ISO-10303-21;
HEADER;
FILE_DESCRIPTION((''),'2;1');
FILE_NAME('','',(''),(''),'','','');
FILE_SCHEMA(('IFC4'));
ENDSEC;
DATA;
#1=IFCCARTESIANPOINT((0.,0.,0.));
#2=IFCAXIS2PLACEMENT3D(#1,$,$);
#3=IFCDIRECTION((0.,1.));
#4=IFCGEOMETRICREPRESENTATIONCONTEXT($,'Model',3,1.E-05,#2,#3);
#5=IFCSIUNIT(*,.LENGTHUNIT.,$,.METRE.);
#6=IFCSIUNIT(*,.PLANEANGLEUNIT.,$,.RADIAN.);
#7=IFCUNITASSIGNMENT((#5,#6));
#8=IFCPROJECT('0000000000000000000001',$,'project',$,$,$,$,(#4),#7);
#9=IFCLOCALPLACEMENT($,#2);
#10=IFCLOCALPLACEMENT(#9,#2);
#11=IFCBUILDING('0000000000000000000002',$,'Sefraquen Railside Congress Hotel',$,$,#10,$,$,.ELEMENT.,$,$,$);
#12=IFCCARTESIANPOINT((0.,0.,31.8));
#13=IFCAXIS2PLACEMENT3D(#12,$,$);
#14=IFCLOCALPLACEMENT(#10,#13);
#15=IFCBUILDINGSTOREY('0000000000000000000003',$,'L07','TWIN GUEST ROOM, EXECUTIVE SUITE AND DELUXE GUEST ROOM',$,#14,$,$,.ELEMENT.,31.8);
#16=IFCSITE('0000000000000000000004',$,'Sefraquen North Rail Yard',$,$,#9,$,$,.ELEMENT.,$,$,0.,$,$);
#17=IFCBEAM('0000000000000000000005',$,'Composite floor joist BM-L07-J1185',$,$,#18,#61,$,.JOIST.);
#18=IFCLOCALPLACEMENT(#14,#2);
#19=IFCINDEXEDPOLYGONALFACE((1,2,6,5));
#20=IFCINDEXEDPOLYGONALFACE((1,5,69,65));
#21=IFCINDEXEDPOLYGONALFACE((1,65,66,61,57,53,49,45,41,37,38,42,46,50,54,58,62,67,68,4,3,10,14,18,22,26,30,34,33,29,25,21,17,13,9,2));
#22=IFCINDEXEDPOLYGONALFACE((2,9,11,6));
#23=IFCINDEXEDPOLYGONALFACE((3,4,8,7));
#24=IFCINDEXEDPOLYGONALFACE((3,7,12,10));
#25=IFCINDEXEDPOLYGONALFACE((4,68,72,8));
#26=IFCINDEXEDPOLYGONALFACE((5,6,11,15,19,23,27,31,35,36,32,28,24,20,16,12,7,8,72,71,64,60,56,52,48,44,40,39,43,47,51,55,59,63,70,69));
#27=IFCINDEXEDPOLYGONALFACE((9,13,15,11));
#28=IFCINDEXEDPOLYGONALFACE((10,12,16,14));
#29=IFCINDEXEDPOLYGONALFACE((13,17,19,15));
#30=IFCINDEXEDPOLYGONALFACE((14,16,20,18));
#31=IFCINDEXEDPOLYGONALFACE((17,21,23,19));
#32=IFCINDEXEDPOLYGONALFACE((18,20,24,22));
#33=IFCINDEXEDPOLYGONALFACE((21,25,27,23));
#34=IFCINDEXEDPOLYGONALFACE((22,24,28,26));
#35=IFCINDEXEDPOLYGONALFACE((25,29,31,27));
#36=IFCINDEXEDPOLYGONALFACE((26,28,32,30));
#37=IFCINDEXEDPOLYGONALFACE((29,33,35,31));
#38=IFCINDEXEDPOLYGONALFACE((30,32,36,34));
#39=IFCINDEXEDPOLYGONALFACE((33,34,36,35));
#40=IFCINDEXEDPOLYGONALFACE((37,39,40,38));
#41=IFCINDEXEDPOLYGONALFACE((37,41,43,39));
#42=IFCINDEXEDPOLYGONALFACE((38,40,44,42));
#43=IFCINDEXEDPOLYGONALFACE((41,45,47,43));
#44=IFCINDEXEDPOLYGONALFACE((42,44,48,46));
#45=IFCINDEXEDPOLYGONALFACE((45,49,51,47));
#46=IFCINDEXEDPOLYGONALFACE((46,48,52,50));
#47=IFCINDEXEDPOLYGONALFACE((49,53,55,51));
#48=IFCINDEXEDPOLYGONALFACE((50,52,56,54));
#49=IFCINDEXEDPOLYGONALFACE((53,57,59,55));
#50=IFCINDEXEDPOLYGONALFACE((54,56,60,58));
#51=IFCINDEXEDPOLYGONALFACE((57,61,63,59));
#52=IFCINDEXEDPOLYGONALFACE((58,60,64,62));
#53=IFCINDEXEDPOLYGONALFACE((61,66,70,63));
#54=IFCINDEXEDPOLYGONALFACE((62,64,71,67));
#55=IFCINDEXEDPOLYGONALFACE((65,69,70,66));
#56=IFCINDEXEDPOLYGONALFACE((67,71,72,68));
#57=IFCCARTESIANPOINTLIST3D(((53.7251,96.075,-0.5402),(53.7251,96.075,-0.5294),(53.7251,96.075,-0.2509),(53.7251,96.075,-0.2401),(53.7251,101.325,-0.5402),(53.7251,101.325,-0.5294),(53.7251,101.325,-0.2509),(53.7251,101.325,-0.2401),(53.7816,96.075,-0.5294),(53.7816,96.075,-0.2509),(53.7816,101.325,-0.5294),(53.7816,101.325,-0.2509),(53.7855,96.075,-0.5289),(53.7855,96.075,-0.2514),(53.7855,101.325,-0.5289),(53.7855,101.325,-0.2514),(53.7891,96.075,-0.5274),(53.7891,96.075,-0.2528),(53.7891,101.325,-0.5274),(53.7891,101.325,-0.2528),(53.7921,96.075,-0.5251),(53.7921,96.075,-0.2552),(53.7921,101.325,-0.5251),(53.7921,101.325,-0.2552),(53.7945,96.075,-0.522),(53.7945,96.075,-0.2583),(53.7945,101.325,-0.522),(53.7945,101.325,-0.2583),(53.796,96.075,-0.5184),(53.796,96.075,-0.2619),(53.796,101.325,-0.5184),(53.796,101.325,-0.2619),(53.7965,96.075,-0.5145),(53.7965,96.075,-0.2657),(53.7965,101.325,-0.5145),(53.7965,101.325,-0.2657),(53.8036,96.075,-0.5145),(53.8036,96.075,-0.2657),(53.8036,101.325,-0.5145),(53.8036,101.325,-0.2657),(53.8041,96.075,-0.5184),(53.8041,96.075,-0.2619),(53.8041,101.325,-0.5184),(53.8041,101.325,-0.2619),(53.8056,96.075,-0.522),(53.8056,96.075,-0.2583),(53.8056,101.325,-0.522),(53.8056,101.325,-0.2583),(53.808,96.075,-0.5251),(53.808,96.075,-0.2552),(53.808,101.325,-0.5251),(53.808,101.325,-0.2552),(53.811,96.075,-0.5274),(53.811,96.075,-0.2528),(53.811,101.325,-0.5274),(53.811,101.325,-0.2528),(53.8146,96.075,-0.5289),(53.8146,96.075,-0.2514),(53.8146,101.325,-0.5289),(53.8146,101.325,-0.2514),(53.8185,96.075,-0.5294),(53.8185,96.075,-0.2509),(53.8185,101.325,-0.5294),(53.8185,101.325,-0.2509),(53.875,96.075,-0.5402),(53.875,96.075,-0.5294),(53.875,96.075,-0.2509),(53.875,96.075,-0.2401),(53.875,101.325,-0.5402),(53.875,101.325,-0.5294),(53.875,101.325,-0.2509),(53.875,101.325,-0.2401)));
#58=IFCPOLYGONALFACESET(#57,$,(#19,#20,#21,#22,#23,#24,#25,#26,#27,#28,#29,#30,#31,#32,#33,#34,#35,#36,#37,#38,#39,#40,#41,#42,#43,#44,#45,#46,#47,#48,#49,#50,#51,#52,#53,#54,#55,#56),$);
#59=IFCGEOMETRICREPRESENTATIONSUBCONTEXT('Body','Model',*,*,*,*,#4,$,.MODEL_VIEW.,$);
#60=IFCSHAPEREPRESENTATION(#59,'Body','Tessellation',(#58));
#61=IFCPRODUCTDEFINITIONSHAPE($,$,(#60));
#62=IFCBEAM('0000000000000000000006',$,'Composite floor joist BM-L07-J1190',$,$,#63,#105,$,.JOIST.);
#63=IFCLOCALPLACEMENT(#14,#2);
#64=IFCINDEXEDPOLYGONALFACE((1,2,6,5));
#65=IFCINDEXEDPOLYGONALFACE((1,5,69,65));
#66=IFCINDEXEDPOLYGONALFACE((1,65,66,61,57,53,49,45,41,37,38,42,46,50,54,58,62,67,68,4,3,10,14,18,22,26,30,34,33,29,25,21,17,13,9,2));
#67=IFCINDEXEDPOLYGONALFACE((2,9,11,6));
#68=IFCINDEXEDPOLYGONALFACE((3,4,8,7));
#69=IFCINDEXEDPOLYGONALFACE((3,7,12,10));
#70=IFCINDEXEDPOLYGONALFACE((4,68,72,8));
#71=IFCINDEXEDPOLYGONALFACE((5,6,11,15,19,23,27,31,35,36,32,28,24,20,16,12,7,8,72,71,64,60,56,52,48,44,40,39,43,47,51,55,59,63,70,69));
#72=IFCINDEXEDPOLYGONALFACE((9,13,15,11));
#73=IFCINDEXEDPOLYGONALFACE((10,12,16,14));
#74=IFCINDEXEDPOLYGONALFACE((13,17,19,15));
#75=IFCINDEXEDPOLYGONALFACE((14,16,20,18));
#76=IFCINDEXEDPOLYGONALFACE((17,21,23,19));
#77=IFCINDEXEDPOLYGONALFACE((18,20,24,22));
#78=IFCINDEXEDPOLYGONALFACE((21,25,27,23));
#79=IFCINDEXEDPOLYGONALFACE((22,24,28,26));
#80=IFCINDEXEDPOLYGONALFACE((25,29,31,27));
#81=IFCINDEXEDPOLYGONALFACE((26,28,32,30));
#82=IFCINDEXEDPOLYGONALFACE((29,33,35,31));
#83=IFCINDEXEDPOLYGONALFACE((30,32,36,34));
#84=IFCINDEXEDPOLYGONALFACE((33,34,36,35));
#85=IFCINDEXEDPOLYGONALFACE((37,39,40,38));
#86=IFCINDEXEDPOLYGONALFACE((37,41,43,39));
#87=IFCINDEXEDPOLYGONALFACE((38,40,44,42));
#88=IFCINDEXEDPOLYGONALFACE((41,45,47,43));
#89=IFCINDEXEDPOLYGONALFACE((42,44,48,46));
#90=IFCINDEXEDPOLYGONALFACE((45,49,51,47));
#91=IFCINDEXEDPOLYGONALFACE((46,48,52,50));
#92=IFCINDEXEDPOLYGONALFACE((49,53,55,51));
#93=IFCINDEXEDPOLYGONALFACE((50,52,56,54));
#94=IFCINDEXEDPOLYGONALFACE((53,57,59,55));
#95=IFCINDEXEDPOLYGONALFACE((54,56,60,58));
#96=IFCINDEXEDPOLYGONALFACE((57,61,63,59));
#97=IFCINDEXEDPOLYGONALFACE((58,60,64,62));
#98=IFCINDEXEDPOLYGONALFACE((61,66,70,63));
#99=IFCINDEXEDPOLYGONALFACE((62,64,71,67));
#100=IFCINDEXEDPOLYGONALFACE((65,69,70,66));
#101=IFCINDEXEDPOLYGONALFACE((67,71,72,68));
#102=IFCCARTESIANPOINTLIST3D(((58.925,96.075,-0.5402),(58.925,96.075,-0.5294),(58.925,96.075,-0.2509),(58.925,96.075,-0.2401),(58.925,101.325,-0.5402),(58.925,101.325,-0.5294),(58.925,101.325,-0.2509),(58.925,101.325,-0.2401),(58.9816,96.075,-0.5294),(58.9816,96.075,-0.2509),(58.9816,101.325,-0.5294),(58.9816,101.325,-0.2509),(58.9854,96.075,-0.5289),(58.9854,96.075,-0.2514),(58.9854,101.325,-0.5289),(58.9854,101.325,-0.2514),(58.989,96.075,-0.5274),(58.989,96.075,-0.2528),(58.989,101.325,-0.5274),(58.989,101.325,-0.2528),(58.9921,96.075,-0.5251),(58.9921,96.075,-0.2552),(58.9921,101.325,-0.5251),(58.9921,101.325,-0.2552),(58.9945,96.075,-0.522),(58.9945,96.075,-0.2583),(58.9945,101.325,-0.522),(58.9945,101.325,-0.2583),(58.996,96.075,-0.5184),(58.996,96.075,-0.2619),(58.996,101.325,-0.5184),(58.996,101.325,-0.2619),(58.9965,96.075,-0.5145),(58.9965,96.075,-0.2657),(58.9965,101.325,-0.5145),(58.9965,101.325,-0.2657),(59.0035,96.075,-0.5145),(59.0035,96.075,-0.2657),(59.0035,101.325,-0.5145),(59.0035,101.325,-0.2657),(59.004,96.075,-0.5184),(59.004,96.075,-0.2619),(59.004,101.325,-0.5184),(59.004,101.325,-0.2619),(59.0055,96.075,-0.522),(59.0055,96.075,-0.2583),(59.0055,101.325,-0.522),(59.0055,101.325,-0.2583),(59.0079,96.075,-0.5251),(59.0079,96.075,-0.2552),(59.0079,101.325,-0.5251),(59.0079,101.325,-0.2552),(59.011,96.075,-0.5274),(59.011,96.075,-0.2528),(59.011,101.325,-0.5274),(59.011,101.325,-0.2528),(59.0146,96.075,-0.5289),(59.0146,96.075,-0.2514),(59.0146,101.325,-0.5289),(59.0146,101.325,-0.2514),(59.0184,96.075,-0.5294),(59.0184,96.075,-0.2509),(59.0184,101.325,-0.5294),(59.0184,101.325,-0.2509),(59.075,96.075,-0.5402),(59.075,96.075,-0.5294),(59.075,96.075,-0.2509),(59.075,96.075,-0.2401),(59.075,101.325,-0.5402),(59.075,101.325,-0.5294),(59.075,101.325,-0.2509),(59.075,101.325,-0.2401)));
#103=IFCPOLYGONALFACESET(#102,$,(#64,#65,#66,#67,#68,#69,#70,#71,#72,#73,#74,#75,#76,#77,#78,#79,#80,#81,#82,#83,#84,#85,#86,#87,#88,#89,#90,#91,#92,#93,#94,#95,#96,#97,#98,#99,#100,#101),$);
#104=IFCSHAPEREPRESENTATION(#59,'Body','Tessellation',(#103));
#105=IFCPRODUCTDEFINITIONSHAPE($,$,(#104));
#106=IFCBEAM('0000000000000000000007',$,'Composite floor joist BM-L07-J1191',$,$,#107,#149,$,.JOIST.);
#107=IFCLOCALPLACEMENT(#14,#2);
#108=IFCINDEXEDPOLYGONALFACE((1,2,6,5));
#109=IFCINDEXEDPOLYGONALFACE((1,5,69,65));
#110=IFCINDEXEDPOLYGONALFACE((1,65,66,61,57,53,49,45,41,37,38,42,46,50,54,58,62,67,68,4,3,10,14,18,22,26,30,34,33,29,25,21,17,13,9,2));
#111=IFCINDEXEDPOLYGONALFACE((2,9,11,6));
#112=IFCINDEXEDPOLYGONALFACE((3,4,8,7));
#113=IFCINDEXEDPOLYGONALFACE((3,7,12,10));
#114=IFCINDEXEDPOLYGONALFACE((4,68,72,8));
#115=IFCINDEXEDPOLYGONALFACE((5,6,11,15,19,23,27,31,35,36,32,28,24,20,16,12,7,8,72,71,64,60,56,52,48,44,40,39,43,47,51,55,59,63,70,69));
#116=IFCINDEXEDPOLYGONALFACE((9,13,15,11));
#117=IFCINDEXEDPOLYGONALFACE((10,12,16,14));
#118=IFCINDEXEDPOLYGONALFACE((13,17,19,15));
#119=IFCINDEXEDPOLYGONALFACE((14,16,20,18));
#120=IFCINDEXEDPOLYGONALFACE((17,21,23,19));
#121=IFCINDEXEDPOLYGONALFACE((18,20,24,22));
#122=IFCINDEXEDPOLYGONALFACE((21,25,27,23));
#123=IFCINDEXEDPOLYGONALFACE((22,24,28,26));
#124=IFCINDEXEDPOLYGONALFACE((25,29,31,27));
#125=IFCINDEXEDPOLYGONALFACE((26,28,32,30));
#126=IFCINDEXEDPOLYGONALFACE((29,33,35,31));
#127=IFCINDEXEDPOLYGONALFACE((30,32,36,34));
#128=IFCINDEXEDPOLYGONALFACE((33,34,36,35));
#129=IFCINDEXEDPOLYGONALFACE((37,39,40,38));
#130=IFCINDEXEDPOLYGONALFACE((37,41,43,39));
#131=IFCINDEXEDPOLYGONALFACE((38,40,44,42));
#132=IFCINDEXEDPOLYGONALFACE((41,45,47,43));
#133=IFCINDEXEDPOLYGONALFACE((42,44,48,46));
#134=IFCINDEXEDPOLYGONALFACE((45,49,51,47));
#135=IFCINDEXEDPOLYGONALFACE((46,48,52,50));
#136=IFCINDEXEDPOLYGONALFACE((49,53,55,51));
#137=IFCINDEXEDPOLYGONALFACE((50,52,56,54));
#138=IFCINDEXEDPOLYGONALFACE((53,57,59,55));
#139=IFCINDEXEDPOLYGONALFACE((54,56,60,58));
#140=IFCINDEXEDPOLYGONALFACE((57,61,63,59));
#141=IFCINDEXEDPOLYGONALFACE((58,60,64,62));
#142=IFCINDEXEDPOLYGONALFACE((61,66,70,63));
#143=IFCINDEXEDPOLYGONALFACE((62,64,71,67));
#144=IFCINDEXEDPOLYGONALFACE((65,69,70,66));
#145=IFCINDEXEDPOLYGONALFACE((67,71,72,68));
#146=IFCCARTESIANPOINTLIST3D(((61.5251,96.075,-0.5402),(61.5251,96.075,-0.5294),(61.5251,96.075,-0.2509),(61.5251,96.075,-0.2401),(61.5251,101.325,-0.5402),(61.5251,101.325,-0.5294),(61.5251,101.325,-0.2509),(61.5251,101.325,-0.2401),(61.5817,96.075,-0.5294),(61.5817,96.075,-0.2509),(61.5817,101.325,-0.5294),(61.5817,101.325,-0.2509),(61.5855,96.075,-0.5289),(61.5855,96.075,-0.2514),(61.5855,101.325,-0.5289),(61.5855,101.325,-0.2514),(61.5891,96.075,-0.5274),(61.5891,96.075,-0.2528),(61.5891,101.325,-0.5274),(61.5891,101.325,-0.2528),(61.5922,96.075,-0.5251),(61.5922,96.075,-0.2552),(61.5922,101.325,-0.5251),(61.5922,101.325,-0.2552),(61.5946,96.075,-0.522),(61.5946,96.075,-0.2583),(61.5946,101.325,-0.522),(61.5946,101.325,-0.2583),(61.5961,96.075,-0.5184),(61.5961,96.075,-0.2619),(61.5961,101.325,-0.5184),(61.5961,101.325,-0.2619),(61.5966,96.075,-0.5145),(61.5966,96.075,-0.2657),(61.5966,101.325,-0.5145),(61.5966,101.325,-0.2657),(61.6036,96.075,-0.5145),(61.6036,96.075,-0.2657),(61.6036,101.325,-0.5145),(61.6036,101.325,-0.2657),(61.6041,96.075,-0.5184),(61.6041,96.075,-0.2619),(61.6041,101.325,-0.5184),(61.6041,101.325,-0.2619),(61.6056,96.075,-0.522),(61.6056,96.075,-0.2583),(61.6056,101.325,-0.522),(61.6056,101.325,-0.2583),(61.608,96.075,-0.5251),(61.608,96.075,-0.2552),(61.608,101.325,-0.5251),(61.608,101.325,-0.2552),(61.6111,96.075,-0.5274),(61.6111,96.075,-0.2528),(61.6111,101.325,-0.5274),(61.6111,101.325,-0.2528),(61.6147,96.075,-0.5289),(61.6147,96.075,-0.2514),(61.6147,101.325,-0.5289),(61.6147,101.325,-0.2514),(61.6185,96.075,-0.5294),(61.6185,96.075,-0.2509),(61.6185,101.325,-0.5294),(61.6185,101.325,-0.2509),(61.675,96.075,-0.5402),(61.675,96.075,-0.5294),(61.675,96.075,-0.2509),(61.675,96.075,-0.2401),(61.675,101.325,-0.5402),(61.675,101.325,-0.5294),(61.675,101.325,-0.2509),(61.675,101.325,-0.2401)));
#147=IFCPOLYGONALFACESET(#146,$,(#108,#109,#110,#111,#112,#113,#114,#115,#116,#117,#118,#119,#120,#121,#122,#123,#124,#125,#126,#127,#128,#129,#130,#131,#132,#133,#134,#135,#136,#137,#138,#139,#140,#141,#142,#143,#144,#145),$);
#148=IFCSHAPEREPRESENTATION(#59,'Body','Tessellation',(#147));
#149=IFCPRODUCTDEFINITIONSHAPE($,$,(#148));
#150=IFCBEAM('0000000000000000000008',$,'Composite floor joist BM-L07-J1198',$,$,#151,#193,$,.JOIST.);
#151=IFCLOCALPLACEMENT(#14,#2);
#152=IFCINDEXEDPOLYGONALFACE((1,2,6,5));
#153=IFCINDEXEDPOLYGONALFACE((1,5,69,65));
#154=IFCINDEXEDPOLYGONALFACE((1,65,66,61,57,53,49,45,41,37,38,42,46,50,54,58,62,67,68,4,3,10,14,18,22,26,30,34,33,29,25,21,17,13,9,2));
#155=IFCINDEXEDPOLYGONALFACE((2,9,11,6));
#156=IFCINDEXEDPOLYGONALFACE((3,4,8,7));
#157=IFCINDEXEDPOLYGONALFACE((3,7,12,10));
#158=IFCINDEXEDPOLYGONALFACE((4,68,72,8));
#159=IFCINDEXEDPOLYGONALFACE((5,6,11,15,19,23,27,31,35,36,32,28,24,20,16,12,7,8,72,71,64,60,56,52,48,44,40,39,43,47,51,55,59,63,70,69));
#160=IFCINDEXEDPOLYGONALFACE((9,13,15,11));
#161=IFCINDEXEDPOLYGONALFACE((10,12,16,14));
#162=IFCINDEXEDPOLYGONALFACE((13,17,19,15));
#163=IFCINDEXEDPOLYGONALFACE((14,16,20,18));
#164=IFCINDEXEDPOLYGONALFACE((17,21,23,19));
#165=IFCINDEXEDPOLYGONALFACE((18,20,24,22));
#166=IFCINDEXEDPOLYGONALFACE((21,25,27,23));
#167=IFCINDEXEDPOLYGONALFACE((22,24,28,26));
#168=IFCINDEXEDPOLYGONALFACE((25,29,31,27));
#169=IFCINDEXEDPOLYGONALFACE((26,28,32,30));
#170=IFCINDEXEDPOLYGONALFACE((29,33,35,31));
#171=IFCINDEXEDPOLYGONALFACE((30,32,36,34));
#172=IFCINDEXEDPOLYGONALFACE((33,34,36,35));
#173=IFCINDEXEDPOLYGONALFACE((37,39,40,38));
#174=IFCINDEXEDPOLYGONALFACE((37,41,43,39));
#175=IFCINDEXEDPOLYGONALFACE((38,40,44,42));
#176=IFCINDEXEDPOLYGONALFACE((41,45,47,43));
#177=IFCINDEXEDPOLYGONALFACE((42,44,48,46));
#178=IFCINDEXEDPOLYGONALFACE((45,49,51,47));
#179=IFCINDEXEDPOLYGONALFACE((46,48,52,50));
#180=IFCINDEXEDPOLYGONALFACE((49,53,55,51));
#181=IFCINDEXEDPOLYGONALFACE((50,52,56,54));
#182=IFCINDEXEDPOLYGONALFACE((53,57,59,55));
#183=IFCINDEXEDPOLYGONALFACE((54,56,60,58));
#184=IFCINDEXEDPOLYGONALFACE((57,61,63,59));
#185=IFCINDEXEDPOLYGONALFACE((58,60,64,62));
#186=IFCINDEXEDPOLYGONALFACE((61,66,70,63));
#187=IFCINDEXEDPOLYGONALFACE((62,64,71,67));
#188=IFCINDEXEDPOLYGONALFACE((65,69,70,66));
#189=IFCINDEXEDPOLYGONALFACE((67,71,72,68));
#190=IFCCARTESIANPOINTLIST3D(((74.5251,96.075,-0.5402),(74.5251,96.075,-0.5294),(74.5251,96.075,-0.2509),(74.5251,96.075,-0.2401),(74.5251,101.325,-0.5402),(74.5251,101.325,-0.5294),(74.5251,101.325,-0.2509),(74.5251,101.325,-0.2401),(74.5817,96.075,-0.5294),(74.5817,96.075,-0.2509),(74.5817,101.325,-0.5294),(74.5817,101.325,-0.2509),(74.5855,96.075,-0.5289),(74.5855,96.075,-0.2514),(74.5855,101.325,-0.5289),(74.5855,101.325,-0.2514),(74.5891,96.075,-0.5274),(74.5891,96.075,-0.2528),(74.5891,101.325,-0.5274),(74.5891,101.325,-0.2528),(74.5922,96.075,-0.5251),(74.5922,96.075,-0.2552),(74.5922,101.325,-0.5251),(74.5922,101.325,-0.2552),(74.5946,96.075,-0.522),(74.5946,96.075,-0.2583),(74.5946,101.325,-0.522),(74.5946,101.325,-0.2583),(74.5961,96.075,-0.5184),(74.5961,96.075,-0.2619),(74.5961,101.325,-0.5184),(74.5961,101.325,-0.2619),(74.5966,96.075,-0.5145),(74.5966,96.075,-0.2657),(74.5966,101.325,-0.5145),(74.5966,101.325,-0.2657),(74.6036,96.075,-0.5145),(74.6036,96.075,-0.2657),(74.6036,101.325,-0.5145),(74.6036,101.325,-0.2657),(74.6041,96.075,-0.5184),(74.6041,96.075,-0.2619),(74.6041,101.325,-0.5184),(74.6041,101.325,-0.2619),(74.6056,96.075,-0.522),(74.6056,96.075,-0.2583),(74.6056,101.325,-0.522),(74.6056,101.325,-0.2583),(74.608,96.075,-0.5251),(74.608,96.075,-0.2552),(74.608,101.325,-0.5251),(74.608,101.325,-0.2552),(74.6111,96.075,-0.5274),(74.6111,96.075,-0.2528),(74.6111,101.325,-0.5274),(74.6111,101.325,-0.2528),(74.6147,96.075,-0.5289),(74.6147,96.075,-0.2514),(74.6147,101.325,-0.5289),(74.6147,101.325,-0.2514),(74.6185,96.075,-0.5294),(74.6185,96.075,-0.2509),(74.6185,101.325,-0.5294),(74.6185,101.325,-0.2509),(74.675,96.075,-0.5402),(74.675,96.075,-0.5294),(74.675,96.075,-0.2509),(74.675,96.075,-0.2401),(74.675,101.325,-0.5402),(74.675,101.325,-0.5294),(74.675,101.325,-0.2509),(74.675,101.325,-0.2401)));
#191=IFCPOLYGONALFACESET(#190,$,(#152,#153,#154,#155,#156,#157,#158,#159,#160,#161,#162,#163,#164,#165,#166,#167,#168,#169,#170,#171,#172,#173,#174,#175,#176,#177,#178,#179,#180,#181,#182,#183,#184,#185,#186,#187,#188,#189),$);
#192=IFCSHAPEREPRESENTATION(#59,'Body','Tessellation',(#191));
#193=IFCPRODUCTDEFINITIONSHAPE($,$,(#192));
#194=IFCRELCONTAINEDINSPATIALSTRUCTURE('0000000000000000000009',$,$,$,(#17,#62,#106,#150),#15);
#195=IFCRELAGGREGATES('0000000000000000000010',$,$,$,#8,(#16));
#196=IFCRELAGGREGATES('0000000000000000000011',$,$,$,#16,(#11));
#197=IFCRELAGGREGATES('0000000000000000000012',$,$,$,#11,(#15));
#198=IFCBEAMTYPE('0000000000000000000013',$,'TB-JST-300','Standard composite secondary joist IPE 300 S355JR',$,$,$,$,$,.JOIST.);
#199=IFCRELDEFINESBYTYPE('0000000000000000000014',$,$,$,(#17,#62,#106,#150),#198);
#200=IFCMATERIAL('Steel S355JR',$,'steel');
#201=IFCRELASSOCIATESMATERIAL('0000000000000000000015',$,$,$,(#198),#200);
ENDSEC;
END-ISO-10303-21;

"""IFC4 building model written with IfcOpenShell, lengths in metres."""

from ifc_helpers import new_model, si_unit, direction, frame, origin, origin_2d, place, context, subcontext, project, spatial, i_section, extrude, material, material_profile, profile_set, type_object, element, save


model = new_model("IFC4")

# Units and contexts
model_context = context("Model", 3, precision=1e-05, world=origin(), true_north=direction((0.0, 1.0)))
body_context = subcontext(model_context, "Body", "Model", "MODEL_VIEW")
ifc_project = project(units=[si_unit("LENGTHUNIT", "METRE"), si_unit("PLANEANGLEUNIT", "RADIAN")], contexts=[model_context])

# Site, building, storey
site_placement = place(None, origin())
site = spatial("IfcSite", under=ifc_project, at=site_placement, Name="Sefraquen North Rail Yard", CompositionType="ELEMENT", RefElevation=0.0)
building_placement = place(site_placement, origin())
building = spatial("IfcBuilding", under=site, at=building_placement, Name="Sefraquen Railside Congress Hotel", CompositionType="ELEMENT")
storey_placement = place(building_placement, frame((0.0, 0.0, 31.8)))
storey = spatial("IfcBuildingStorey", under=building, at=storey_placement, Name="L07", Description="TWIN GUEST ROOM, EXECUTIVE SUITE AND DELUXE GUEST ROOM", CompositionType="ELEMENT", Elevation=31.8)

# Shared definitions
ifc_material_1 = material(Name="Steel S355JR", Category="steel")

# Beams
ifc_material_profile_1 = material_profile(ifc_material_1, i_section(OverallWidth=0.1499, OverallDepth=0.3, WebThickness=0.0071, FlangeThickness=0.0107, FilletRadius=0.0149, at=origin_2d()), Name="IPE 300")
ifc_profile_set_1 = profile_set([ifc_material_profile_1], Name="Steel S355JR")
beam_type_1 = type_object("IfcBeamType", Name="TB-JST-300", Description="Standard composite secondary joist IPE 300 S355JR", PredefinedType="JOIST", material=ifc_profile_set_1)
for number, where, z_axis, x_axis, name in (
    (1, (53.8, 96.075, -0.3901), (0.0, 1.0, 0.0), (-1.0, 0.0, 0.0), "Composite floor joist BM-L07-J1185"),
    (2, (59.0, 96.075, -0.3901), (0.0, 1.0, 0.0), (-1.0, 0.0, 0.0), "Composite floor joist BM-L07-J1190"),
    (3, (61.6001, 96.075, -0.3901), (0.0, 1.0, 0.0), (-1.0, 0.0, 0.0), "Composite floor joist BM-L07-J1191"),
    (4, (74.6001, 96.075, -0.3901), (0.0, 1.0, 0.0), (-1.0, 0.0, 0.0), "Composite floor joist BM-L07-J1198"),
):
    element("IfcBeam", number, at=place(storey_placement, frame(where, z_axis=z_axis, x_axis=x_axis)), inside=storey, type_object=beam_type_1, Name=name, PredefinedType="JOIST", context=body_context, shape_type="SweptSolid", body=[
        extrude(i_section(OverallWidth=0.1499, OverallDepth=0.3, WebThickness=0.0071, FlangeThickness=0.0107, FilletRadius=0.0149, at=origin_2d()), origin(), (0.0, 0.0, 1.0), 5.25),
    ])

save(model, "model.ifc")
